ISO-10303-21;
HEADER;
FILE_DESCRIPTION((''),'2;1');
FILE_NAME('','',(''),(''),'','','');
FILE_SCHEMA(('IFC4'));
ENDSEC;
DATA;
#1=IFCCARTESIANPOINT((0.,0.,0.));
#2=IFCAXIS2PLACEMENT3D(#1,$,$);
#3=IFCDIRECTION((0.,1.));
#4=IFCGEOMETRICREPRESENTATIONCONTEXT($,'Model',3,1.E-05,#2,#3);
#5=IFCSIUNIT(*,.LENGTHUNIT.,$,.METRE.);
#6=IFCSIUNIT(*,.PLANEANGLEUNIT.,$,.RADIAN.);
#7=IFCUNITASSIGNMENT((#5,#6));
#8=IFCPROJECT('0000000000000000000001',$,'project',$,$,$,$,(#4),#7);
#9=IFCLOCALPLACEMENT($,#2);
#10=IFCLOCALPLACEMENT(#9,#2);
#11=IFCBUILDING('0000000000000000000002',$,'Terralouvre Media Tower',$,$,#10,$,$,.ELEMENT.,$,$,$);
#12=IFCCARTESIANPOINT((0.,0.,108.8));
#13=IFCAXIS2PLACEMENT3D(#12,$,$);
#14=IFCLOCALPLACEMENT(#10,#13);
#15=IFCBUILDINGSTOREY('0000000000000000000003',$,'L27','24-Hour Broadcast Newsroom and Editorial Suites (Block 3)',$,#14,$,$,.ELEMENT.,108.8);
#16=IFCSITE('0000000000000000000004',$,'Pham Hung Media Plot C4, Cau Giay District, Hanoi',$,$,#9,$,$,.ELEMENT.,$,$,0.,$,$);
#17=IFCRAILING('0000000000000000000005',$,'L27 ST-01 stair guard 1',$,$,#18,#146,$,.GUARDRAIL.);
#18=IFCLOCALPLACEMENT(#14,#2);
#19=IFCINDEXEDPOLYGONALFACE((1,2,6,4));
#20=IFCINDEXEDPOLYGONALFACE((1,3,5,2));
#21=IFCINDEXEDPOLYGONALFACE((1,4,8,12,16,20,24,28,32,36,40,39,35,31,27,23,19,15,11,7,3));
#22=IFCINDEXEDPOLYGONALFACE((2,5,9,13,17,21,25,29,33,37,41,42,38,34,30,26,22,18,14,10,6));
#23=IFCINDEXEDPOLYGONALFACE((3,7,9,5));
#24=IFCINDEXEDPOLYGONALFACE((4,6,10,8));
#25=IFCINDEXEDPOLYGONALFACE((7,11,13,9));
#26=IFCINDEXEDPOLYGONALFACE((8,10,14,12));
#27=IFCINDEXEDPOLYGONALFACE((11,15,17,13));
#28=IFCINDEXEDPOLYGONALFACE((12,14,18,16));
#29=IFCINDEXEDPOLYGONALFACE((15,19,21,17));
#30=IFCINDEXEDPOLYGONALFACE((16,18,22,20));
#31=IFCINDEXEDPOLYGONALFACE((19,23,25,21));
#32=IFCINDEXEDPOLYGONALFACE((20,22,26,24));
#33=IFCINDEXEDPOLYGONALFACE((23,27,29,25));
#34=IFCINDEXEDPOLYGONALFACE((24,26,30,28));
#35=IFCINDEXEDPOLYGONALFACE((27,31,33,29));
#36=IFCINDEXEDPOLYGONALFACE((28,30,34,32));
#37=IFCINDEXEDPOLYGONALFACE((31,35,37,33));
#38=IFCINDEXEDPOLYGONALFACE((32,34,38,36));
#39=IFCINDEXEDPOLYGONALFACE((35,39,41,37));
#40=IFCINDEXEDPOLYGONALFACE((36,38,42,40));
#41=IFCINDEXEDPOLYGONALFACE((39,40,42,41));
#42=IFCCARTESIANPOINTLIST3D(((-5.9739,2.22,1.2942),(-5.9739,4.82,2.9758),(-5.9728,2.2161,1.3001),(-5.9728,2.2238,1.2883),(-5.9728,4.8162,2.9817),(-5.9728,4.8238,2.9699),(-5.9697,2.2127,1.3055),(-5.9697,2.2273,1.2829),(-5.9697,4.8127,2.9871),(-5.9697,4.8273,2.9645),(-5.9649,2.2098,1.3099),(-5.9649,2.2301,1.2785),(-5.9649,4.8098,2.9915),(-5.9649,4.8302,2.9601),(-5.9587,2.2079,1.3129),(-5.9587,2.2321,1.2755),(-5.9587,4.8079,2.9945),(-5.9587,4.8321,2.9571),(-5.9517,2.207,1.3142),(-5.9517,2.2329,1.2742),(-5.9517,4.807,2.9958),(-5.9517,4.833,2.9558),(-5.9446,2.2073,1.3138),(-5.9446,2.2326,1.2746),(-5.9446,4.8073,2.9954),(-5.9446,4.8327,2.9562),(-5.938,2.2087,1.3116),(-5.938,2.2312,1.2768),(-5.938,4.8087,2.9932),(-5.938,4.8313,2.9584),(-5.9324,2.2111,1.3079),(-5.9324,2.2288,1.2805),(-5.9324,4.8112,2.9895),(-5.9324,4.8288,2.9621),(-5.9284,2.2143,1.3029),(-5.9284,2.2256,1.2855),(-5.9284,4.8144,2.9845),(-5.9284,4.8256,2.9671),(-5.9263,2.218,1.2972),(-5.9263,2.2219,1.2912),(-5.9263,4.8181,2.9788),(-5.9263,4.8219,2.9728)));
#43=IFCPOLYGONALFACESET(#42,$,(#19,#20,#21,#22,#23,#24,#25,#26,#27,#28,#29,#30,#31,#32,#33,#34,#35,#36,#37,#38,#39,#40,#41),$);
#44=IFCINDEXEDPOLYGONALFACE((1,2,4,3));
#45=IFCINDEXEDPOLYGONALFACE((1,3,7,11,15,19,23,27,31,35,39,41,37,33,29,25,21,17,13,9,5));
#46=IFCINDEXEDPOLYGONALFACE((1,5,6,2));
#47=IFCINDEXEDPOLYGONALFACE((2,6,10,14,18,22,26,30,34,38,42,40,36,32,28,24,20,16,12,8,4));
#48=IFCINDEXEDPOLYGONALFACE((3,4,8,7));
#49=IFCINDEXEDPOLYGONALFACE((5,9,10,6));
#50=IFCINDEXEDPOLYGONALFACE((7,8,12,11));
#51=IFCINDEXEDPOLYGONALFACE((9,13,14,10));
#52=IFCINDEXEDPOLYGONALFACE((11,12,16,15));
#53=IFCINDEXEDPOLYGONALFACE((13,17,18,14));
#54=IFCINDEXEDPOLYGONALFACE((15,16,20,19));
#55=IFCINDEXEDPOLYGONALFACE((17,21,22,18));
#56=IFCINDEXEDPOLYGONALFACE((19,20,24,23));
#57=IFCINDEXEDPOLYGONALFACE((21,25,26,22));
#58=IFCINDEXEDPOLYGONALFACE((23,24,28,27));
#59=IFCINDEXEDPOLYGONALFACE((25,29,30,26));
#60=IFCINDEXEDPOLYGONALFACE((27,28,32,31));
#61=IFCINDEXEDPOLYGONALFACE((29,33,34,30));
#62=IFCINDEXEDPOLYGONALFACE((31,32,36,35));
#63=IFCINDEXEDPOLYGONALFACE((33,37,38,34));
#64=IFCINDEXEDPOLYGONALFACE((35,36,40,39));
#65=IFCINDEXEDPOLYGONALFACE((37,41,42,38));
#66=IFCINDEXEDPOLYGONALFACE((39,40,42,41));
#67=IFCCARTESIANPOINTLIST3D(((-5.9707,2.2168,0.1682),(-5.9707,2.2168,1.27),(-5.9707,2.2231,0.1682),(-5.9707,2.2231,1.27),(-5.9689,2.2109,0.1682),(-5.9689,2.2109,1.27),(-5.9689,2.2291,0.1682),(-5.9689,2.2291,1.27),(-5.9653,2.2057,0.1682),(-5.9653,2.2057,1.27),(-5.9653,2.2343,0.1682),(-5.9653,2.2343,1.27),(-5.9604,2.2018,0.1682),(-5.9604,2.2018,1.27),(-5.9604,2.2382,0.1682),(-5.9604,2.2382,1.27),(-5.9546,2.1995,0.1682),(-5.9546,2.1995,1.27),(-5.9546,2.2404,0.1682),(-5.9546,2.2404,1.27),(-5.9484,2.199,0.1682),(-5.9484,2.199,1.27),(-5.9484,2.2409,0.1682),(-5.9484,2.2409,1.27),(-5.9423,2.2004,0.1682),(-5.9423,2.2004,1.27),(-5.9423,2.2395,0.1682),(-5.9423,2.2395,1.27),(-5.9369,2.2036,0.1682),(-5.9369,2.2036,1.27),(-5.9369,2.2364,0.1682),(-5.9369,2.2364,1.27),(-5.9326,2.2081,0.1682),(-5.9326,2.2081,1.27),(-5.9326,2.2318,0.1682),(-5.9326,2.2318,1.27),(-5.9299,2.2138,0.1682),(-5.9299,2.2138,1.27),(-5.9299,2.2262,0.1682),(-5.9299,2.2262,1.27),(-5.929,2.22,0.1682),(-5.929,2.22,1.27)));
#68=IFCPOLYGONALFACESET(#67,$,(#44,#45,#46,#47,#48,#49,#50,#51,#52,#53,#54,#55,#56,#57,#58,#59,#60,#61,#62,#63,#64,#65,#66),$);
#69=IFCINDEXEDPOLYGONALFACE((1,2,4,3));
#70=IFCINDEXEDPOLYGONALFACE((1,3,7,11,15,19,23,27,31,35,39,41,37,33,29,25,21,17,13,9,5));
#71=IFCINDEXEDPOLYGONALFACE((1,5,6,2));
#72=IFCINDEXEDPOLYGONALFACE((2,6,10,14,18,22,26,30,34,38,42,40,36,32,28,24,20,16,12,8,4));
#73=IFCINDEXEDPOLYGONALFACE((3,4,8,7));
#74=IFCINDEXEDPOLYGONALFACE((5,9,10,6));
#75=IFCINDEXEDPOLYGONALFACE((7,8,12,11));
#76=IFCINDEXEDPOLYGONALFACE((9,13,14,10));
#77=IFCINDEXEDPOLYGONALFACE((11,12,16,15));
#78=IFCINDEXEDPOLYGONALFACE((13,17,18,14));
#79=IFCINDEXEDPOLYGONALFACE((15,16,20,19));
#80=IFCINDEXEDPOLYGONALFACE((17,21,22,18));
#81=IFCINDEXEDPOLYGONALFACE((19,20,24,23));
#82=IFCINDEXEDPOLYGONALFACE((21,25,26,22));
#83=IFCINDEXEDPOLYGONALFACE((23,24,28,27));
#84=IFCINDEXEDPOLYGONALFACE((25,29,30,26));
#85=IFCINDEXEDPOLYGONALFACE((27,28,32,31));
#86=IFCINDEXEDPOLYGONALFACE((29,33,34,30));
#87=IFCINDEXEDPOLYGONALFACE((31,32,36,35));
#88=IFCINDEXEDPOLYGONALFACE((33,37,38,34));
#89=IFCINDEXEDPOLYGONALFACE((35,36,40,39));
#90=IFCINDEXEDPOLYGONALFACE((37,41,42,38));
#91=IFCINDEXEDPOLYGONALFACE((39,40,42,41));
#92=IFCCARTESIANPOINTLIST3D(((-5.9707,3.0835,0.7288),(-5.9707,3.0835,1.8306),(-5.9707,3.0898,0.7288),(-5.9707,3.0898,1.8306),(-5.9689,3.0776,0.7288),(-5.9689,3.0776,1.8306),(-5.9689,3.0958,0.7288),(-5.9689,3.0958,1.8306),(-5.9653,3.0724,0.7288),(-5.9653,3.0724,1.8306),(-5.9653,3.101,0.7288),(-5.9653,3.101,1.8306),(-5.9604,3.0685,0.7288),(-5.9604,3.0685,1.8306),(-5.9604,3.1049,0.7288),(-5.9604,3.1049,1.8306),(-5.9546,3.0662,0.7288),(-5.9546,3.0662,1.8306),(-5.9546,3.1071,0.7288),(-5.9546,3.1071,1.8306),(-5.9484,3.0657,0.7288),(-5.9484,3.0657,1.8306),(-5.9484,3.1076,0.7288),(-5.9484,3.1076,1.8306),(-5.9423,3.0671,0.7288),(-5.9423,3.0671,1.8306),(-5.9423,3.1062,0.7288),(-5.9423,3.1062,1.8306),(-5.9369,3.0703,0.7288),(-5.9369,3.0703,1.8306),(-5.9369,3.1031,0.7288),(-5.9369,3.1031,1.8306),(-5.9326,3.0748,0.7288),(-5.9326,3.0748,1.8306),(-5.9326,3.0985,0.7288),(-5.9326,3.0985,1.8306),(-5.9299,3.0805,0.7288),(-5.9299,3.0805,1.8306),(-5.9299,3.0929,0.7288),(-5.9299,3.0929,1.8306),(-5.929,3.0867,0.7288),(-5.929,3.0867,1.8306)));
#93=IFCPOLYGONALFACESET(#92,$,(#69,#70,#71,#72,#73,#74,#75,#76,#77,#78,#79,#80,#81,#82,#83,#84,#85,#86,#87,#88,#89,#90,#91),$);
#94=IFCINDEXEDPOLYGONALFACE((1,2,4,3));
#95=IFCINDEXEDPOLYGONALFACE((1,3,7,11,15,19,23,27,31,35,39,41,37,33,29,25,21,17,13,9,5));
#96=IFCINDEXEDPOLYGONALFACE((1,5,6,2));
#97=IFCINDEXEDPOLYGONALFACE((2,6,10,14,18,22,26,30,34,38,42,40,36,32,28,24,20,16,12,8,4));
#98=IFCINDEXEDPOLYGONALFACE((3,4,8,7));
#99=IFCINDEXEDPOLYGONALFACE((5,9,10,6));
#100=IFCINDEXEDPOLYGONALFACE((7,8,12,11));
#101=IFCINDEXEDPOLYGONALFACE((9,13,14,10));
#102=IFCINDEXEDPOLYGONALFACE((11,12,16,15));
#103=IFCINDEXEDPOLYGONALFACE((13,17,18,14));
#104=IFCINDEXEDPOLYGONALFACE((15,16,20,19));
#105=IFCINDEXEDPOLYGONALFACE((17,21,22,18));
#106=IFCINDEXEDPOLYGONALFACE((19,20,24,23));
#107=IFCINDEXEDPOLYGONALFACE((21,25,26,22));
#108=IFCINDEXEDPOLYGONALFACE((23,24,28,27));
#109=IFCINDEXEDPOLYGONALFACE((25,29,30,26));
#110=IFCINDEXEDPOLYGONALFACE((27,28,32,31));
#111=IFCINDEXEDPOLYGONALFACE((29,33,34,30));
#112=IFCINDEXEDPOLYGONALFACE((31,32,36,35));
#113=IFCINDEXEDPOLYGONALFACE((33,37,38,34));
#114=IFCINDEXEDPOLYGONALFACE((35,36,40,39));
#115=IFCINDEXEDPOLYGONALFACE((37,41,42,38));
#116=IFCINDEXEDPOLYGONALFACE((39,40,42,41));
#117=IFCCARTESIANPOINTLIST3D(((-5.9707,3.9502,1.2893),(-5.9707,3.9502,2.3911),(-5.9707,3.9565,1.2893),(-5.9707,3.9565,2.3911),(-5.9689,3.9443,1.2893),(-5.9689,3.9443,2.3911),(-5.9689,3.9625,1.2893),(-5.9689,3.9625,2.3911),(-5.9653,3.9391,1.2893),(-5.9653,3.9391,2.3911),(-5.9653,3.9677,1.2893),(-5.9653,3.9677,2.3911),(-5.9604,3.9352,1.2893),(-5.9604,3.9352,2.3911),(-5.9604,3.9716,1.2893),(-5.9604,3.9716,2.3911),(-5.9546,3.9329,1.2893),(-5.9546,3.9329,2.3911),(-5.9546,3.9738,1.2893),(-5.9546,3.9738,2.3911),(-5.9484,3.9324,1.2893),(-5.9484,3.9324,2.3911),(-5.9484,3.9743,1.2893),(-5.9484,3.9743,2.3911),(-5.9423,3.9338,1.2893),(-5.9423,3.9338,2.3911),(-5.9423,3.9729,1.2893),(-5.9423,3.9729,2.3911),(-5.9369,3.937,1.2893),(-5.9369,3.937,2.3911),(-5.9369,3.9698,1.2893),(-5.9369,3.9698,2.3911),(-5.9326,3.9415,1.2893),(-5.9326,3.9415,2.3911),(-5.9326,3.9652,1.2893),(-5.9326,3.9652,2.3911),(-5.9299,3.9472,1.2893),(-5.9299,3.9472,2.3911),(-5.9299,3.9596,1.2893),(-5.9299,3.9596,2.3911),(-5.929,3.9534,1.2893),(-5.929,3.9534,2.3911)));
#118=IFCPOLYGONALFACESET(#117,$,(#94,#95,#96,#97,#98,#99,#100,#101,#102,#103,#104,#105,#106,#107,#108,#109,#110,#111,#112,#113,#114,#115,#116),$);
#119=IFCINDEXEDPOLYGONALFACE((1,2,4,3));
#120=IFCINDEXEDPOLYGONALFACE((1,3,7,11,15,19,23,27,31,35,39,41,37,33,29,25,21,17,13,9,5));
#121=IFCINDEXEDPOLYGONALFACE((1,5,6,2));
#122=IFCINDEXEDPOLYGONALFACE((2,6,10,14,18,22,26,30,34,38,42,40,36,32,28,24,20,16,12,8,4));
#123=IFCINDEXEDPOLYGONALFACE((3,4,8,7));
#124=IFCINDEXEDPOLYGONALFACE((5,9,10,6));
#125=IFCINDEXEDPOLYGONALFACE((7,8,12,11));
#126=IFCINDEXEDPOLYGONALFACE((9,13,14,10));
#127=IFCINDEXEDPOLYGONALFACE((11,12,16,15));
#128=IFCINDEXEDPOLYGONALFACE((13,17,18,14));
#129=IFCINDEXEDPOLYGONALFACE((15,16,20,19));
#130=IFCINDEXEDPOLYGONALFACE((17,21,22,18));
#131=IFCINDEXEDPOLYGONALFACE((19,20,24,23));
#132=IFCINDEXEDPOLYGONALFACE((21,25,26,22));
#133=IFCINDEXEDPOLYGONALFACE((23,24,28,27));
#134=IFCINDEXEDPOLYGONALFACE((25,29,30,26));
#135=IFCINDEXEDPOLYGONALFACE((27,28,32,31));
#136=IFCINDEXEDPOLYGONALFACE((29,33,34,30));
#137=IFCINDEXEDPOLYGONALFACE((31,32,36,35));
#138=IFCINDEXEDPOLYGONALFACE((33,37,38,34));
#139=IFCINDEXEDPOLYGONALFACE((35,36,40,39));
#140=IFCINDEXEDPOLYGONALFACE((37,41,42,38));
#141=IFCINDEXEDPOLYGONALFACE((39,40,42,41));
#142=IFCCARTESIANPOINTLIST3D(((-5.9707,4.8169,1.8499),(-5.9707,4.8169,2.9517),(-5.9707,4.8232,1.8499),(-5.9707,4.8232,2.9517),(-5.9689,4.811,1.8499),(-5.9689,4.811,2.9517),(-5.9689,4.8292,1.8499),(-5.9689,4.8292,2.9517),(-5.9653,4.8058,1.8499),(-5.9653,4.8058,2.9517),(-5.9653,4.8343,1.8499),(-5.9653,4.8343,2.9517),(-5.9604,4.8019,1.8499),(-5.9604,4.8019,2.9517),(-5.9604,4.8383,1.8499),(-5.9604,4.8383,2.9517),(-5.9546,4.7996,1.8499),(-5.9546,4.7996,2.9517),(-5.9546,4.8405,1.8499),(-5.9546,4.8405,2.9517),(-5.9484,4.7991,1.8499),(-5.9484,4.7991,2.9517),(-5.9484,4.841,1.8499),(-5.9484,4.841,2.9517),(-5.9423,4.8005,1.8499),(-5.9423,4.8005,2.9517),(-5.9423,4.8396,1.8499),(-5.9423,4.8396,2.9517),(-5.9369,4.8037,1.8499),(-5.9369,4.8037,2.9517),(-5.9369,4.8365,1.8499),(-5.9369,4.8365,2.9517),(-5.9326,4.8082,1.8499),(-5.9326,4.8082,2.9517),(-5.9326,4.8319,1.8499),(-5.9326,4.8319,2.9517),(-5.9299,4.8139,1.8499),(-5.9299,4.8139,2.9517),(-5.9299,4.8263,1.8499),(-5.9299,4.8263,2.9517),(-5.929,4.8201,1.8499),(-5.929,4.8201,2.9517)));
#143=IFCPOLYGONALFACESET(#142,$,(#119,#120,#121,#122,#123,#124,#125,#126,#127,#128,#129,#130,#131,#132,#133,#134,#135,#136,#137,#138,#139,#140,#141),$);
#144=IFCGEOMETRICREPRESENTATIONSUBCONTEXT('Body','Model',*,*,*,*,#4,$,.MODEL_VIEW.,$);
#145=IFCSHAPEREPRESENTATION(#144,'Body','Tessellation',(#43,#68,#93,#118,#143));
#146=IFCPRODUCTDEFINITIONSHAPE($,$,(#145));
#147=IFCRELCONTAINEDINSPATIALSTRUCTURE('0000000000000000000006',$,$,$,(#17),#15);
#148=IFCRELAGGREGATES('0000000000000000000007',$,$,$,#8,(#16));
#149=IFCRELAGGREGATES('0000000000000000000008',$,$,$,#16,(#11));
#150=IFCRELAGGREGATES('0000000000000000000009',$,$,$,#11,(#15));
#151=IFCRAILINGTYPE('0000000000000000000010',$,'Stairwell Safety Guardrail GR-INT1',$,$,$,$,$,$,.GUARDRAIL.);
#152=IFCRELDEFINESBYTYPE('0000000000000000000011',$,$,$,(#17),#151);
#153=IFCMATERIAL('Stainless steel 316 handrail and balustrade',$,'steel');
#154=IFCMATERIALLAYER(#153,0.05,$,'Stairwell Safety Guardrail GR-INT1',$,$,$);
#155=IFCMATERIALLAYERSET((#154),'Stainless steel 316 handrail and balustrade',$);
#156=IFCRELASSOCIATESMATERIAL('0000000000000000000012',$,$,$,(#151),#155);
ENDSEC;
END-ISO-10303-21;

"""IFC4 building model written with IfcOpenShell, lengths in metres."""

from ifc_helpers import new_model, si_unit, direction, frame, origin, origin_2d, place, context, subcontext, project, spatial, circle, extrude, material, layer, layer_set, type_object, element, save


model = new_model("IFC4")

# Units and contexts
model_context = context("Model", 3, precision=1e-05, world=origin(), true_north=direction((0.0, 1.0)))
body_context = subcontext(model_context, "Body", "Model", "MODEL_VIEW")
ifc_project = project(units=[si_unit("LENGTHUNIT", "METRE"), si_unit("PLANEANGLEUNIT", "RADIAN")], contexts=[model_context])

# Site, building, storey
site_placement = place(None, origin())
site = spatial("IfcSite", under=ifc_project, at=site_placement, Name="Pham Hung Media Plot C4, Cau Giay District, Hanoi", CompositionType="ELEMENT", RefElevation=0.0)
building_placement = place(site_placement, origin())
building = spatial("IfcBuilding", under=site, at=building_placement, Name="Terralouvre Media Tower", CompositionType="ELEMENT")
storey_placement = place(building_placement, frame((0.0, 0.0, 108.8)))
storey = spatial("IfcBuildingStorey", under=building, at=storey_placement, Name="L27", Description="24-Hour Broadcast Newsroom and Editorial Suites (Block 3)", CompositionType="ELEMENT", Elevation=108.8)

# Railing
ifc_material_1 = material(Name="Stainless steel 316 handrail and balustrade", Category="steel")
ifc_layer_1 = layer(ifc_material_1, 0.05, Name="Stairwell Safety Guardrail GR-INT1")
ifc_layer_set_1 = layer_set([ifc_layer_1], Name="Stainless steel 316 handrail and balustrade")
railing_type_1 = type_object("IfcRailingType", Name="Stairwell Safety Guardrail GR-INT1", PredefinedType="GUARDRAIL", material=ifc_layer_set_1)
railing_1_placement = place(storey_placement, frame((-5.95, 2.22, 0.1682)))
element("IfcRailing", 1, at=railing_1_placement, inside=storey, type_object=railing_type_1, Name="L27 ST-01 stair guard 1", PredefinedType="GUARDRAIL", context=body_context, shape_type="SweptSolid", body=[
    extrude(circle(Radius=0.0239, at=origin_2d()), frame((0.0, 0.0, 1.126), z_axis=(0.0, 0.839684, 0.543075), x_axis=(-1.0, 0.0, 0.0)), (0.0, 0.0, 1.0), 3.0964),
    extrude(circle(Radius=0.021, at=origin_2d()), origin(), (0.0, 0.0, 1.0), 1.1018),
    extrude(circle(Radius=0.021, at=origin_2d()), frame((0.0, 0.8667, 0.5605)), (0.0, 0.0, 1.0), 1.1018),
    extrude(circle(Radius=0.021, at=origin_2d()), frame((0.0, 1.7334, 1.1211)), (0.0, 0.0, 1.0), 1.1018),
    extrude(circle(Radius=0.021, at=origin_2d()), frame((0.0, 2.6001, 1.6816)), (0.0, 0.0, 1.0), 1.1018),
])

save(model, "model.ifc")
